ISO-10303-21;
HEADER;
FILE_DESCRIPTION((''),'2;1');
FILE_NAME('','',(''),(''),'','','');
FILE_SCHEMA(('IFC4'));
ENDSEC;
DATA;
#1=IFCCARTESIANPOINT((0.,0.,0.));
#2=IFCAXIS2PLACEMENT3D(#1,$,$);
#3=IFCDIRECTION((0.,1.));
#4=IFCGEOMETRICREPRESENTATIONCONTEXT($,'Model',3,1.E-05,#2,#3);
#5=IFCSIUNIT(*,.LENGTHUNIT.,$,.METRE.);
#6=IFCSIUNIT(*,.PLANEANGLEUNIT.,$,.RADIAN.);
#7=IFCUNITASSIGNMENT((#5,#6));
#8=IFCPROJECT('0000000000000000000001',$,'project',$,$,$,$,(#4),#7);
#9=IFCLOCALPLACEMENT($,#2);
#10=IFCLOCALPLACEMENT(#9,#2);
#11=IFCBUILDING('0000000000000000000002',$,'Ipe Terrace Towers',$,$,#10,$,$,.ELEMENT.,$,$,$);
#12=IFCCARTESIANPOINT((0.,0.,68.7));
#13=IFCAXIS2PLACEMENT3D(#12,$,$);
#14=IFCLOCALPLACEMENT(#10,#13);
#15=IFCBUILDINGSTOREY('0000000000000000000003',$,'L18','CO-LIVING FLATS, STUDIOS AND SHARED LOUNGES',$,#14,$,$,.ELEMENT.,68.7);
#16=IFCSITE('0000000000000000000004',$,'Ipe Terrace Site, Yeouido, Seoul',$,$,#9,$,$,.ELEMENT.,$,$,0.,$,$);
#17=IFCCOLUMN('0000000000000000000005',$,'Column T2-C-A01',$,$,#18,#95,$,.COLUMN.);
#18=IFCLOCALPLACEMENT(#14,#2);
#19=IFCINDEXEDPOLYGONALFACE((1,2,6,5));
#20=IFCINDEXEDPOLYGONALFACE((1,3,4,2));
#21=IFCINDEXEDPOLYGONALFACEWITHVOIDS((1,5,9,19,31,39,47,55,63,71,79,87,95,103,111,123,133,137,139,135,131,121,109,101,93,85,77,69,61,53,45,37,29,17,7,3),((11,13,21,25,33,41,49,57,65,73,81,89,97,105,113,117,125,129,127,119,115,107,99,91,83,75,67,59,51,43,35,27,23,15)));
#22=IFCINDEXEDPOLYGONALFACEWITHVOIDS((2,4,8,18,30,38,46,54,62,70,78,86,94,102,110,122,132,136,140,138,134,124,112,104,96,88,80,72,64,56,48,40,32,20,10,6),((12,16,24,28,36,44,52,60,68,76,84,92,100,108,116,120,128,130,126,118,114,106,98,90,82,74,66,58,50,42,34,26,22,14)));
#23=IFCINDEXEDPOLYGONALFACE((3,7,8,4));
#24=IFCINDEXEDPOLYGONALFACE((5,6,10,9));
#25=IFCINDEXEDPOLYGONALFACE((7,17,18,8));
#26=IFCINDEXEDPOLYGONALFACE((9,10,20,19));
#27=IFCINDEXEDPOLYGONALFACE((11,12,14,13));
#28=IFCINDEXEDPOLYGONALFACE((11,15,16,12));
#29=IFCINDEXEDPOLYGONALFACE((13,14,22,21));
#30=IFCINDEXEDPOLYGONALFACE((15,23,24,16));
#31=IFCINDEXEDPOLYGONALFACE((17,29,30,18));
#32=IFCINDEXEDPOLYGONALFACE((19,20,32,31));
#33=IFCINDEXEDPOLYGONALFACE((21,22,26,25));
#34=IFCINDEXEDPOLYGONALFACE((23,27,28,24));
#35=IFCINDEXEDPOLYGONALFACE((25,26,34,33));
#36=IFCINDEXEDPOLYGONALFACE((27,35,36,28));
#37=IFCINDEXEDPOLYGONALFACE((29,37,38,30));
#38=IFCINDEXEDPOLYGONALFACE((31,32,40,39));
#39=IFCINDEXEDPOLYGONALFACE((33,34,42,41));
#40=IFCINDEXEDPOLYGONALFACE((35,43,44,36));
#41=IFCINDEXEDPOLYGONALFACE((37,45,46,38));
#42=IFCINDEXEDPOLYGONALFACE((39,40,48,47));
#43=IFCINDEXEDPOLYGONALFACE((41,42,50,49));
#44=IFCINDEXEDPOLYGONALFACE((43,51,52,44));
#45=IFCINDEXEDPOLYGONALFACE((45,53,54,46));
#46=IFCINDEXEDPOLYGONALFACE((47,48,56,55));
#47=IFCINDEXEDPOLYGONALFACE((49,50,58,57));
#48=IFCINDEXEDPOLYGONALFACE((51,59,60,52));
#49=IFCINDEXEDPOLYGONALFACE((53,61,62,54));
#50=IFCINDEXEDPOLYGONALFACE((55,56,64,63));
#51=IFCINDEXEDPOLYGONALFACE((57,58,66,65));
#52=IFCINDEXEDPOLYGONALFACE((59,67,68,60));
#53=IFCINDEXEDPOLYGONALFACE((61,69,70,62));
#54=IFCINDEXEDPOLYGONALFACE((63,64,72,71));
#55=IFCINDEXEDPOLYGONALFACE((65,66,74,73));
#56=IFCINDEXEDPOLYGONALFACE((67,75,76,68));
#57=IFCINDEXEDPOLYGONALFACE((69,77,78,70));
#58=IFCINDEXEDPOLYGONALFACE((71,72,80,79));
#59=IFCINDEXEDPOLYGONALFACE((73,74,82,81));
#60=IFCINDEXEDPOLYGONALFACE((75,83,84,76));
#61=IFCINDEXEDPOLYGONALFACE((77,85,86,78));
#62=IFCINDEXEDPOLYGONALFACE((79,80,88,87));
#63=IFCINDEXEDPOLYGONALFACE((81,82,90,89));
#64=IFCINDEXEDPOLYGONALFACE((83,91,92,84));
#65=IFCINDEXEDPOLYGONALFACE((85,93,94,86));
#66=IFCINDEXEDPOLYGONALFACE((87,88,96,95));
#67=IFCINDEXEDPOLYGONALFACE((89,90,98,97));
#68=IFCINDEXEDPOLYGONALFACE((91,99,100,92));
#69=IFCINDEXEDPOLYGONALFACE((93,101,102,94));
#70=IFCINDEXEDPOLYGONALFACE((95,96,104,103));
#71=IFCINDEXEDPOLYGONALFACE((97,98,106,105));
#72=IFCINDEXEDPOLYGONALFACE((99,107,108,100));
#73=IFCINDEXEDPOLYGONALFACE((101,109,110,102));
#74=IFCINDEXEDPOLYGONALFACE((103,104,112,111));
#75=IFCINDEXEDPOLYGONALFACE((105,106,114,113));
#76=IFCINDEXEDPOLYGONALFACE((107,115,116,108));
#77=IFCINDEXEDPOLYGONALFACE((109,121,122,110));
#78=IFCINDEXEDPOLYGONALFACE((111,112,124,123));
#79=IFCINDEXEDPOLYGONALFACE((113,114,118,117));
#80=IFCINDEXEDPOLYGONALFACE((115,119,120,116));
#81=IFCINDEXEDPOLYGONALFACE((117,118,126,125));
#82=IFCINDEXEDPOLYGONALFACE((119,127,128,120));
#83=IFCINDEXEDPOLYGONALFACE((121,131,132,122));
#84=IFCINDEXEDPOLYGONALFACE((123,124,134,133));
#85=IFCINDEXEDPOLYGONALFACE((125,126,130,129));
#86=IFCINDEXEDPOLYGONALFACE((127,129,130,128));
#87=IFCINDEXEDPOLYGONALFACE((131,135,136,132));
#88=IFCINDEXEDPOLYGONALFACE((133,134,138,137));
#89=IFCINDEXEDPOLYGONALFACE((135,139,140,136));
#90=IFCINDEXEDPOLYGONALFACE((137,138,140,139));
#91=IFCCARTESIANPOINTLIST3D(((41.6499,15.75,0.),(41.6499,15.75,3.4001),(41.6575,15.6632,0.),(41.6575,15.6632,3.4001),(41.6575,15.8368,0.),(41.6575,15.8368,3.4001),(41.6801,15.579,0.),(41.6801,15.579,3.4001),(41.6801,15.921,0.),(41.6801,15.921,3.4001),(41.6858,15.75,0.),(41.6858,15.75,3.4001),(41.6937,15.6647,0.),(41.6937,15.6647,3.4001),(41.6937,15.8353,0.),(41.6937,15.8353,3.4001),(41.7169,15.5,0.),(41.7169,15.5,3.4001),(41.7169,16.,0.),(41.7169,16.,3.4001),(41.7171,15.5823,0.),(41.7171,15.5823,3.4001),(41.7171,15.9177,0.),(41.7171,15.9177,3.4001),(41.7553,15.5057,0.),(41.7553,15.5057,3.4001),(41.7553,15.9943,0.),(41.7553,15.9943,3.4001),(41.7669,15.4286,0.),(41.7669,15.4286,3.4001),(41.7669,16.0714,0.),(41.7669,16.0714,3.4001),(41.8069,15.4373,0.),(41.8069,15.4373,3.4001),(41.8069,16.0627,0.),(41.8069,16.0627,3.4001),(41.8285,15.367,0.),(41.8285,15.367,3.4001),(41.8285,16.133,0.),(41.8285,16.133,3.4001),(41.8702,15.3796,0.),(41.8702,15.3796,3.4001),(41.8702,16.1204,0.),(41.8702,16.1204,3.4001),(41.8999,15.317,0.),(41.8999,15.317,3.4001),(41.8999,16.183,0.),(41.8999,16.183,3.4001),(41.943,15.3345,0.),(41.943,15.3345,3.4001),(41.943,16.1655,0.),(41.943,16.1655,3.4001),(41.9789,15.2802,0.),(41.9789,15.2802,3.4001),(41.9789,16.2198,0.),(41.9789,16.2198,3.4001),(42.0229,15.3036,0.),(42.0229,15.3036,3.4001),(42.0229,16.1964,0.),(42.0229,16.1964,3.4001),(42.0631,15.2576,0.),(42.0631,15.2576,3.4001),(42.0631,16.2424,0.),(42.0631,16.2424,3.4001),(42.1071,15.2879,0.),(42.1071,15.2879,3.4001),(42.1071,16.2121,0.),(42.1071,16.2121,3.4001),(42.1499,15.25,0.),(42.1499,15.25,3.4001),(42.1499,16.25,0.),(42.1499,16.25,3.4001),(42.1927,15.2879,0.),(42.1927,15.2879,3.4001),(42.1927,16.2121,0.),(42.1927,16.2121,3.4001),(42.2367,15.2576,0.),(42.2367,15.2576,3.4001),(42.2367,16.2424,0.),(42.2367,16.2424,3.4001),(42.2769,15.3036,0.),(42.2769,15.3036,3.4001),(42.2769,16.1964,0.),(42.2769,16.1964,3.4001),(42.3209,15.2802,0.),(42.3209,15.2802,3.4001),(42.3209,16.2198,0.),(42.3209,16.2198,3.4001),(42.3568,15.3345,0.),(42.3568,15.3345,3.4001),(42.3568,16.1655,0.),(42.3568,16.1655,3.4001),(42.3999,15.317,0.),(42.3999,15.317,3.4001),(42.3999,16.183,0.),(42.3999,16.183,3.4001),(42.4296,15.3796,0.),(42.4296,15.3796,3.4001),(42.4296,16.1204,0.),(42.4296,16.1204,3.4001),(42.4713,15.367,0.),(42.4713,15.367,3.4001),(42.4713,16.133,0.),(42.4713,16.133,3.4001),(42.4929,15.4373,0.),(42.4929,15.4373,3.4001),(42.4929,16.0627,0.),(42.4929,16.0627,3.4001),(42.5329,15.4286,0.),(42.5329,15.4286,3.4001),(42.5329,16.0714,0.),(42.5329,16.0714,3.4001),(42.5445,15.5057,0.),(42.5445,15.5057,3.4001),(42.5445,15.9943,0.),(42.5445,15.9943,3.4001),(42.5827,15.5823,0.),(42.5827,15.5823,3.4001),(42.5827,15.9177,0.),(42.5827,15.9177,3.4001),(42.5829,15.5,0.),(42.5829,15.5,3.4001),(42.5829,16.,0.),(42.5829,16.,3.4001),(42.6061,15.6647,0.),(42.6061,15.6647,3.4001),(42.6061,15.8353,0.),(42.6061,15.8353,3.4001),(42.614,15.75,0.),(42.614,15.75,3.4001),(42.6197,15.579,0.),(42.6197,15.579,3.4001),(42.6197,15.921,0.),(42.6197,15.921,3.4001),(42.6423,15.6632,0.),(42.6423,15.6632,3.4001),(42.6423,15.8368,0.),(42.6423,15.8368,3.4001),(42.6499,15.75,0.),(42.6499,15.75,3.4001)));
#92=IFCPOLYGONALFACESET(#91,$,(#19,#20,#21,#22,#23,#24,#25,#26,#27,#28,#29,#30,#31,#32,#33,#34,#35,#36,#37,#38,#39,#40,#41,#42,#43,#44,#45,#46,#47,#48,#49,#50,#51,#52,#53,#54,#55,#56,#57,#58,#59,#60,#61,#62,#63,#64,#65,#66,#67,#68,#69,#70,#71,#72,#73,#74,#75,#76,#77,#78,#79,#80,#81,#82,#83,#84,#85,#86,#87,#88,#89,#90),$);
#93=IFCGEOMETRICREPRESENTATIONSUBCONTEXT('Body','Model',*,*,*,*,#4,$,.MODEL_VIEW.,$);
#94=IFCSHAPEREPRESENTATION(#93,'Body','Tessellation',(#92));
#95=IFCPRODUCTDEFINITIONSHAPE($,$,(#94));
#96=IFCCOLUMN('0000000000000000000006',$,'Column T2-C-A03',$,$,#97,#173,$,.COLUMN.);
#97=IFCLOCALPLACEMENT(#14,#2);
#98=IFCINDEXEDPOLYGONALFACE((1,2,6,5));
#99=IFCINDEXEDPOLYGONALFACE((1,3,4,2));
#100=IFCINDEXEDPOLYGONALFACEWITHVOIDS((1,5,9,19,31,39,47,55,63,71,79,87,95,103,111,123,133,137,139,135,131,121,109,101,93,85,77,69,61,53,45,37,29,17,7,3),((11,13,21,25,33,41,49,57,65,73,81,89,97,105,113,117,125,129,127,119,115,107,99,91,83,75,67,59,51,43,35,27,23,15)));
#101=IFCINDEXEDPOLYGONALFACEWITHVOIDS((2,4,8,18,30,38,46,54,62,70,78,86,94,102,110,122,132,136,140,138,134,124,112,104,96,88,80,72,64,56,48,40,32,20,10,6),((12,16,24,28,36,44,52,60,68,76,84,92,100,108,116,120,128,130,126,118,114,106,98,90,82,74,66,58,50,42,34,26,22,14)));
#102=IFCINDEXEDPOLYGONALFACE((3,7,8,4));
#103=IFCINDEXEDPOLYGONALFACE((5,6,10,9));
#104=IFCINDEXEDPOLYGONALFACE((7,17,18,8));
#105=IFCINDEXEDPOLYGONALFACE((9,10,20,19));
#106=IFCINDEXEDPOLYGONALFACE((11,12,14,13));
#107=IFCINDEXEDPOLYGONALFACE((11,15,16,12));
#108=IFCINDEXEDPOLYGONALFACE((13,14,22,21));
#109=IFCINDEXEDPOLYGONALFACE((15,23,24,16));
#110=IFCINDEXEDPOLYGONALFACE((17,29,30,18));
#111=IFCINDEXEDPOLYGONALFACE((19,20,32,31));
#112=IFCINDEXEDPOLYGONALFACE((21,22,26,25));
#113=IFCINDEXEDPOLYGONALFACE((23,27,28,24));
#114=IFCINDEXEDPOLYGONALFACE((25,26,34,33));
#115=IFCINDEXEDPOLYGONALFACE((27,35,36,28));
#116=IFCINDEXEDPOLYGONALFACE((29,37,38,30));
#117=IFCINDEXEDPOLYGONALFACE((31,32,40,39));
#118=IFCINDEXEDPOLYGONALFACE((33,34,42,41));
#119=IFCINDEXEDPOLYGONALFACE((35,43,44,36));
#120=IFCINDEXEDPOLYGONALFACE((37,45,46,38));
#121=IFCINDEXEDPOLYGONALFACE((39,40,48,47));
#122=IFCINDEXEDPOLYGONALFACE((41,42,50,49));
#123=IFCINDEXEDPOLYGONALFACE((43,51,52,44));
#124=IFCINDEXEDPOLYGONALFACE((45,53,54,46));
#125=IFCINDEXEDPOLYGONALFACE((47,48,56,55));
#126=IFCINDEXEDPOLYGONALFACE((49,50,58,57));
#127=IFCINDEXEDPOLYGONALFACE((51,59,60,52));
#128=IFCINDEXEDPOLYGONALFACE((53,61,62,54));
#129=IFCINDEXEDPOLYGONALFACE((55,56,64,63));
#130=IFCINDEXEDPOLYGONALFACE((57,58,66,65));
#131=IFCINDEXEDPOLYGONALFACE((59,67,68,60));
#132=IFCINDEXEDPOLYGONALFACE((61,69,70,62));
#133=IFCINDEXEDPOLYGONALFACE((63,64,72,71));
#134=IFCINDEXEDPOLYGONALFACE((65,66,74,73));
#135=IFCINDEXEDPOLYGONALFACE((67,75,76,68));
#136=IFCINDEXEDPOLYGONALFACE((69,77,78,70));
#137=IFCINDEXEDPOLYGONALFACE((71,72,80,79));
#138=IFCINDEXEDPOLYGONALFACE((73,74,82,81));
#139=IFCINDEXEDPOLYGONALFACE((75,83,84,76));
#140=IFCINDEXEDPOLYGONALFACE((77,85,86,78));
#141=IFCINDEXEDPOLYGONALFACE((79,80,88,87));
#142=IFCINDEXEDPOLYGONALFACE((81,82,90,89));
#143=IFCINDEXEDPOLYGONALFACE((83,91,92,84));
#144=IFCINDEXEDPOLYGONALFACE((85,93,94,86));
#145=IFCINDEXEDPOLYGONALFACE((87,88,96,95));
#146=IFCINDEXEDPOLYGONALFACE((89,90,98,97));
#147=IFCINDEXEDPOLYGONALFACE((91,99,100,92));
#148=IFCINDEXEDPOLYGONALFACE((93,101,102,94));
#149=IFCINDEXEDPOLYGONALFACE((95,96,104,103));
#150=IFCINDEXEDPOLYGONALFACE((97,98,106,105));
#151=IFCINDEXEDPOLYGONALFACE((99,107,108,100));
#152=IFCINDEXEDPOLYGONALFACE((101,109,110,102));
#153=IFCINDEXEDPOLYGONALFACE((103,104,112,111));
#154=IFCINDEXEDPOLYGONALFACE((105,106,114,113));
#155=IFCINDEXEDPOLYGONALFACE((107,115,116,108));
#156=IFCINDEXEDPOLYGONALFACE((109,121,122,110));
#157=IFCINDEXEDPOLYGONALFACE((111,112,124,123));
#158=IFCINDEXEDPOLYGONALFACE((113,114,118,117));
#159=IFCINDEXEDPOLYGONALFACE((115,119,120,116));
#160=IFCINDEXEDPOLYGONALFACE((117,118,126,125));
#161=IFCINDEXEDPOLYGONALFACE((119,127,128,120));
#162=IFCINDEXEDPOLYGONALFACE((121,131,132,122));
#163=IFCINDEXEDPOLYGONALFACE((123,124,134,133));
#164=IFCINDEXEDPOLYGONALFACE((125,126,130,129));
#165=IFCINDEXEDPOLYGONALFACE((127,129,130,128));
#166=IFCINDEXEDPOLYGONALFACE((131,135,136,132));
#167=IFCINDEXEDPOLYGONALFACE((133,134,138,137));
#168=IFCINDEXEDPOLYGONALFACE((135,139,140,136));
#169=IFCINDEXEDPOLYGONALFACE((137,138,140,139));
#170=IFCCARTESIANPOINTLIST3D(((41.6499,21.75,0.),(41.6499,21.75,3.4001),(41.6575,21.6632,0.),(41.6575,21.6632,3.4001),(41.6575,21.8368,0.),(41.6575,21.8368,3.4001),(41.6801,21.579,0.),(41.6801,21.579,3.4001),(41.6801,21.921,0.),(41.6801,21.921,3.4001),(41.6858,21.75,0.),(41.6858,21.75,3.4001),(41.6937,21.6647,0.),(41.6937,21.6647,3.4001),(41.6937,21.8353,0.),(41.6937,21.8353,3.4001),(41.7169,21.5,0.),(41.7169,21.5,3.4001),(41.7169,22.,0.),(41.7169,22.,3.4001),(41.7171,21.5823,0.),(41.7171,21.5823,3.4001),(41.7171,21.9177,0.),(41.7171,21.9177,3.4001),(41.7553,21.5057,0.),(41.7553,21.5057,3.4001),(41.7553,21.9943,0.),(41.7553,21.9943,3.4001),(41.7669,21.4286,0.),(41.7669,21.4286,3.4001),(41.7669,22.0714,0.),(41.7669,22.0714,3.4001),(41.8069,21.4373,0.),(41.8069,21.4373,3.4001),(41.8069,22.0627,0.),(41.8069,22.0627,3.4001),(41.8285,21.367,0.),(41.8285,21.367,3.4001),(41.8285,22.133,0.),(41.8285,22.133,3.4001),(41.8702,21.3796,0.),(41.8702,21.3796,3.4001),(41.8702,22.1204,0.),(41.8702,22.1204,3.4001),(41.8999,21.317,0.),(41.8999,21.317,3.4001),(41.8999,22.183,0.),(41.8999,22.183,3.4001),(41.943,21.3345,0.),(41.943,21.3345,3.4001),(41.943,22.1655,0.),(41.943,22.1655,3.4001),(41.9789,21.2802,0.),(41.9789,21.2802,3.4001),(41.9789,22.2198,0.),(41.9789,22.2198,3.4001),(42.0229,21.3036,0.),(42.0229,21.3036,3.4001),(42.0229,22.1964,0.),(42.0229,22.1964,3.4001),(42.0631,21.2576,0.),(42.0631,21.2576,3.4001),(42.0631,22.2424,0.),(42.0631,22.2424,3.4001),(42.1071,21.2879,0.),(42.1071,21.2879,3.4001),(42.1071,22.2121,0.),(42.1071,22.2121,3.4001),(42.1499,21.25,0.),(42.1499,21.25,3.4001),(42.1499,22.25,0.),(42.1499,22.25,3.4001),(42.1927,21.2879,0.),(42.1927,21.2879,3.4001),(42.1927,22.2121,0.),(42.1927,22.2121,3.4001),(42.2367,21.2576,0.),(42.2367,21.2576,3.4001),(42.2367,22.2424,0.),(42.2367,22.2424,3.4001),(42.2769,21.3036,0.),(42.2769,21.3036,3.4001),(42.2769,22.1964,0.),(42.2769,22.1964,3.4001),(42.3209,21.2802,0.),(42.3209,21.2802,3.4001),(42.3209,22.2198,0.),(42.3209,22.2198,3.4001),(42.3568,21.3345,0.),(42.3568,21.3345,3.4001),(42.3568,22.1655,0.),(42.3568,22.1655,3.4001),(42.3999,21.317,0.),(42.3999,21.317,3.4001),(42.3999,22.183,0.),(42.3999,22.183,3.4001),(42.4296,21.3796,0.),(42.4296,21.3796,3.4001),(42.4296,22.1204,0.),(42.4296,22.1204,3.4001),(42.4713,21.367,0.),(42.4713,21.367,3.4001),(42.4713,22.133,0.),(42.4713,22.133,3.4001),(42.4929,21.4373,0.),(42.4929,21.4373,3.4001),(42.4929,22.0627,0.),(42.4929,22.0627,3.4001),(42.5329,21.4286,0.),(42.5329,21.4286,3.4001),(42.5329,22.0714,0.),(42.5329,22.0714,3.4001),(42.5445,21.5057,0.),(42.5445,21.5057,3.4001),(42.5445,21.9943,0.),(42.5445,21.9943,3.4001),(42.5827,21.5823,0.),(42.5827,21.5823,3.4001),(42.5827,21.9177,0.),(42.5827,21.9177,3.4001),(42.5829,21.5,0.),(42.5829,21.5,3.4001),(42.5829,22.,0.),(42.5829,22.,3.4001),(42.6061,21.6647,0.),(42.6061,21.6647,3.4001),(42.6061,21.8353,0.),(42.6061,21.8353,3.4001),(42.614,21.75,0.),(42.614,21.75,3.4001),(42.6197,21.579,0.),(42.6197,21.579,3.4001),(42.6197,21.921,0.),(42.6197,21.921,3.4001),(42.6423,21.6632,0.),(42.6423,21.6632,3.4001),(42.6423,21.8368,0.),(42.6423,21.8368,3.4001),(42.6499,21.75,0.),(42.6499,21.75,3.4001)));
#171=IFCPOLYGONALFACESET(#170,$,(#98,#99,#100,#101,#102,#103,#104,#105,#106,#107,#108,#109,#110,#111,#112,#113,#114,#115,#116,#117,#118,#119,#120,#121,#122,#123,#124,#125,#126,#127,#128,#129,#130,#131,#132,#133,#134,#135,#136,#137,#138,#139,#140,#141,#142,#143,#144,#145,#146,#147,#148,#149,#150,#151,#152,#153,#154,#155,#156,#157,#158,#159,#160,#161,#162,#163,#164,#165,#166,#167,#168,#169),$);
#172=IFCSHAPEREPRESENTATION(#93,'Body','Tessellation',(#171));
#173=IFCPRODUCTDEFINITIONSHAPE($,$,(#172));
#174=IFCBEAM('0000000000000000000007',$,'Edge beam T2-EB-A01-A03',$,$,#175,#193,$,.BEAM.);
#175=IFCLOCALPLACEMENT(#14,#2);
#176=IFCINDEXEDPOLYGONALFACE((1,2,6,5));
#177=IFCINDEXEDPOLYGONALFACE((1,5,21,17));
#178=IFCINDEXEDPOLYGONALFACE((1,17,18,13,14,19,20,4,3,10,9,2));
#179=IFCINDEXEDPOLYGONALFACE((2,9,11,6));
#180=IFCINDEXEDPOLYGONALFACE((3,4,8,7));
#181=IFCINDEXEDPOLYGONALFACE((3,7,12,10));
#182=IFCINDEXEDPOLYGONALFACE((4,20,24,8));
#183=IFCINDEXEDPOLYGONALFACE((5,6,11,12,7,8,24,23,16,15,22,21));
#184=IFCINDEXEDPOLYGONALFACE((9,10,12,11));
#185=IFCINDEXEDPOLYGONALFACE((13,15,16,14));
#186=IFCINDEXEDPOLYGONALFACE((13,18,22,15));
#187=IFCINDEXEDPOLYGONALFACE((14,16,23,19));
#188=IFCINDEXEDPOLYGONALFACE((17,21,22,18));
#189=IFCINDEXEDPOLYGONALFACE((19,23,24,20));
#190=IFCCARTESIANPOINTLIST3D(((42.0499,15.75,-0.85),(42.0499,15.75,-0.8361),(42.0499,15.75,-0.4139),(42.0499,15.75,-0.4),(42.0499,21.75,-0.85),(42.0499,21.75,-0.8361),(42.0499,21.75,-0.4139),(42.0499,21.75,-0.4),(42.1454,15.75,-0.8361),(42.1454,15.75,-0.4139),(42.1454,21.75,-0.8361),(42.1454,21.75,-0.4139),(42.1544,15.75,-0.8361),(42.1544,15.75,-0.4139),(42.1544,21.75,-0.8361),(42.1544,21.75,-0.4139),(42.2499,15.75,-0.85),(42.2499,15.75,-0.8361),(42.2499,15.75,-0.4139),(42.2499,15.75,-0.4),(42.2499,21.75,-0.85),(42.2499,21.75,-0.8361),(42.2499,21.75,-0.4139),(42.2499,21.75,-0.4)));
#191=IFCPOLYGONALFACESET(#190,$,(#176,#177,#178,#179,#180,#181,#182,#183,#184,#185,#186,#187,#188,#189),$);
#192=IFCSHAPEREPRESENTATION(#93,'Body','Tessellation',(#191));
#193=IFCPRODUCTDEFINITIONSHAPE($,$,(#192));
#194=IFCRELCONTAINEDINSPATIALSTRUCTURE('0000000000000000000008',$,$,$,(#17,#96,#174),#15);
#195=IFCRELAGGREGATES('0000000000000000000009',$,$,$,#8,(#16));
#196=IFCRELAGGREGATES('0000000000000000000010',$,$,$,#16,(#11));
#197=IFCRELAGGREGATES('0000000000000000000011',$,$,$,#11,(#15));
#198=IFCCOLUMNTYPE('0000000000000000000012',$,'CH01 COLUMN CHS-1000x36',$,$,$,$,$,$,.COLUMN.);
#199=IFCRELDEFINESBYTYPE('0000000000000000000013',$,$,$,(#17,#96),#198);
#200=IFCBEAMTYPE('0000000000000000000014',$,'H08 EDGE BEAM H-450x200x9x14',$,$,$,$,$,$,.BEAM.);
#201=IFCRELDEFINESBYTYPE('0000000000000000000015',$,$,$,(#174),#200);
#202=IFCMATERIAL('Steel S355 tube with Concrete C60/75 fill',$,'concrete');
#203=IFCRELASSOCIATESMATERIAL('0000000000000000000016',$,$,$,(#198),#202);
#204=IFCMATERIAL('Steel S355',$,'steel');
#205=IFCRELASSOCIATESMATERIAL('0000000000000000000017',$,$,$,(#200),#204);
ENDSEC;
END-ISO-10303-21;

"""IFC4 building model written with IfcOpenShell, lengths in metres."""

from ifc_helpers import new_model, si_unit, direction, frame, origin, origin_2d, place, context, subcontext, project, spatial, hollow_circle, i_section, extrude, material, material_profile, profile_set, type_object, element, save


model = new_model("IFC4")

# Units and contexts
model_context = context("Model", 3, precision=1e-05, world=origin(), true_north=direction((0.0, 1.0)))
body_context = subcontext(model_context, "Body", "Model", "MODEL_VIEW")
ifc_project = project(units=[si_unit("LENGTHUNIT", "METRE"), si_unit("PLANEANGLEUNIT", "RADIAN")], contexts=[model_context])

# Site, building, storey
site_placement = place(None, origin())
site = spatial("IfcSite", under=ifc_project, at=site_placement, Name="Ipe Terrace Site, Yeouido, Seoul", CompositionType="ELEMENT", RefElevation=0.0)
building_placement = place(site_placement, origin())
building = spatial("IfcBuilding", under=site, at=building_placement, Name="Ipe Terrace Towers", CompositionType="ELEMENT")
storey_placement = place(building_placement, frame((0.0, 0.0, 68.7)))
storey = spatial("IfcBuildingStorey", under=building, at=storey_placement, Name="L18", Description="CO-LIVING FLATS, STUDIOS AND SHARED LOUNGES", CompositionType="ELEMENT", Elevation=68.7)

# Columns
ifc_material_1 = material(Name="Steel S355 tube with Concrete C60/75 fill", Category="concrete")
ifc_material_profile_1 = material_profile(ifc_material_1, hollow_circle(Radius=0.5, WallThickness=0.0359, at=origin_2d()), Name="CHS-1000x36")
ifc_profile_set_1 = profile_set([ifc_material_profile_1], Name="Steel S355 tube with Concrete C60/75 fill")
column_type = type_object("IfcColumnType", Name="CH01 COLUMN CHS-1000x36", PredefinedType="COLUMN", material=ifc_profile_set_1)
for number, where, z_axis, x_axis, name in (
    (1, (42.1499, 15.75, 0.0), (0.0, 0.0, 1.0), (1.0, 0.0, 0.0), "Column T2-C-A01"),
    (2, (42.1499, 21.75, 0.0), (0.0, 0.0, 1.0), (1.0, 0.0, 0.0), "Column T2-C-A03"),
):
    element("IfcColumn", number, at=place(storey_placement, frame(where, z_axis=z_axis, x_axis=x_axis)), inside=storey, type_object=column_type, Name=name, PredefinedType="COLUMN", context=body_context, shape_type="SweptSolid", body=[
        extrude(hollow_circle(Radius=0.5, WallThickness=0.0359, at=origin_2d()), origin(), (0.0, 0.0, 1.0), 3.4001),
    ])

# Beam
ifc_material_2 = material(Name="Steel S355", Category="steel")
ifc_material_profile_2 = material_profile(ifc_material_2, i_section(OverallWidth=0.2, OverallDepth=0.45, WebThickness=0.009, FlangeThickness=0.0139, at=origin_2d()), Name="H-450x200x9x14")
ifc_profile_set_2 = profile_set([ifc_material_profile_2], Name="Steel S355")
beam_type = type_object("IfcBeamType", Name="H08 EDGE BEAM H-450x200x9x14", PredefinedType="BEAM", material=ifc_profile_set_2)
beam_placement = place(storey_placement, frame((42.1499, 15.75, -0.625), z_axis=(0.0, 1.0, 0.0), x_axis=(-1.0, 0.0, 0.0)))
element("IfcBeam", 3, at=beam_placement, inside=storey, type_object=beam_type, Name="Edge beam T2-EB-A01-A03", PredefinedType="BEAM", context=body_context, shape_type="SweptSolid", body=[
    extrude(i_section(OverallWidth=0.2, OverallDepth=0.45, WebThickness=0.009, FlangeThickness=0.0139, at=origin_2d()), origin(), (0.0, 0.0, 1.0), 6.0),
])

save(model, "model.ifc")
